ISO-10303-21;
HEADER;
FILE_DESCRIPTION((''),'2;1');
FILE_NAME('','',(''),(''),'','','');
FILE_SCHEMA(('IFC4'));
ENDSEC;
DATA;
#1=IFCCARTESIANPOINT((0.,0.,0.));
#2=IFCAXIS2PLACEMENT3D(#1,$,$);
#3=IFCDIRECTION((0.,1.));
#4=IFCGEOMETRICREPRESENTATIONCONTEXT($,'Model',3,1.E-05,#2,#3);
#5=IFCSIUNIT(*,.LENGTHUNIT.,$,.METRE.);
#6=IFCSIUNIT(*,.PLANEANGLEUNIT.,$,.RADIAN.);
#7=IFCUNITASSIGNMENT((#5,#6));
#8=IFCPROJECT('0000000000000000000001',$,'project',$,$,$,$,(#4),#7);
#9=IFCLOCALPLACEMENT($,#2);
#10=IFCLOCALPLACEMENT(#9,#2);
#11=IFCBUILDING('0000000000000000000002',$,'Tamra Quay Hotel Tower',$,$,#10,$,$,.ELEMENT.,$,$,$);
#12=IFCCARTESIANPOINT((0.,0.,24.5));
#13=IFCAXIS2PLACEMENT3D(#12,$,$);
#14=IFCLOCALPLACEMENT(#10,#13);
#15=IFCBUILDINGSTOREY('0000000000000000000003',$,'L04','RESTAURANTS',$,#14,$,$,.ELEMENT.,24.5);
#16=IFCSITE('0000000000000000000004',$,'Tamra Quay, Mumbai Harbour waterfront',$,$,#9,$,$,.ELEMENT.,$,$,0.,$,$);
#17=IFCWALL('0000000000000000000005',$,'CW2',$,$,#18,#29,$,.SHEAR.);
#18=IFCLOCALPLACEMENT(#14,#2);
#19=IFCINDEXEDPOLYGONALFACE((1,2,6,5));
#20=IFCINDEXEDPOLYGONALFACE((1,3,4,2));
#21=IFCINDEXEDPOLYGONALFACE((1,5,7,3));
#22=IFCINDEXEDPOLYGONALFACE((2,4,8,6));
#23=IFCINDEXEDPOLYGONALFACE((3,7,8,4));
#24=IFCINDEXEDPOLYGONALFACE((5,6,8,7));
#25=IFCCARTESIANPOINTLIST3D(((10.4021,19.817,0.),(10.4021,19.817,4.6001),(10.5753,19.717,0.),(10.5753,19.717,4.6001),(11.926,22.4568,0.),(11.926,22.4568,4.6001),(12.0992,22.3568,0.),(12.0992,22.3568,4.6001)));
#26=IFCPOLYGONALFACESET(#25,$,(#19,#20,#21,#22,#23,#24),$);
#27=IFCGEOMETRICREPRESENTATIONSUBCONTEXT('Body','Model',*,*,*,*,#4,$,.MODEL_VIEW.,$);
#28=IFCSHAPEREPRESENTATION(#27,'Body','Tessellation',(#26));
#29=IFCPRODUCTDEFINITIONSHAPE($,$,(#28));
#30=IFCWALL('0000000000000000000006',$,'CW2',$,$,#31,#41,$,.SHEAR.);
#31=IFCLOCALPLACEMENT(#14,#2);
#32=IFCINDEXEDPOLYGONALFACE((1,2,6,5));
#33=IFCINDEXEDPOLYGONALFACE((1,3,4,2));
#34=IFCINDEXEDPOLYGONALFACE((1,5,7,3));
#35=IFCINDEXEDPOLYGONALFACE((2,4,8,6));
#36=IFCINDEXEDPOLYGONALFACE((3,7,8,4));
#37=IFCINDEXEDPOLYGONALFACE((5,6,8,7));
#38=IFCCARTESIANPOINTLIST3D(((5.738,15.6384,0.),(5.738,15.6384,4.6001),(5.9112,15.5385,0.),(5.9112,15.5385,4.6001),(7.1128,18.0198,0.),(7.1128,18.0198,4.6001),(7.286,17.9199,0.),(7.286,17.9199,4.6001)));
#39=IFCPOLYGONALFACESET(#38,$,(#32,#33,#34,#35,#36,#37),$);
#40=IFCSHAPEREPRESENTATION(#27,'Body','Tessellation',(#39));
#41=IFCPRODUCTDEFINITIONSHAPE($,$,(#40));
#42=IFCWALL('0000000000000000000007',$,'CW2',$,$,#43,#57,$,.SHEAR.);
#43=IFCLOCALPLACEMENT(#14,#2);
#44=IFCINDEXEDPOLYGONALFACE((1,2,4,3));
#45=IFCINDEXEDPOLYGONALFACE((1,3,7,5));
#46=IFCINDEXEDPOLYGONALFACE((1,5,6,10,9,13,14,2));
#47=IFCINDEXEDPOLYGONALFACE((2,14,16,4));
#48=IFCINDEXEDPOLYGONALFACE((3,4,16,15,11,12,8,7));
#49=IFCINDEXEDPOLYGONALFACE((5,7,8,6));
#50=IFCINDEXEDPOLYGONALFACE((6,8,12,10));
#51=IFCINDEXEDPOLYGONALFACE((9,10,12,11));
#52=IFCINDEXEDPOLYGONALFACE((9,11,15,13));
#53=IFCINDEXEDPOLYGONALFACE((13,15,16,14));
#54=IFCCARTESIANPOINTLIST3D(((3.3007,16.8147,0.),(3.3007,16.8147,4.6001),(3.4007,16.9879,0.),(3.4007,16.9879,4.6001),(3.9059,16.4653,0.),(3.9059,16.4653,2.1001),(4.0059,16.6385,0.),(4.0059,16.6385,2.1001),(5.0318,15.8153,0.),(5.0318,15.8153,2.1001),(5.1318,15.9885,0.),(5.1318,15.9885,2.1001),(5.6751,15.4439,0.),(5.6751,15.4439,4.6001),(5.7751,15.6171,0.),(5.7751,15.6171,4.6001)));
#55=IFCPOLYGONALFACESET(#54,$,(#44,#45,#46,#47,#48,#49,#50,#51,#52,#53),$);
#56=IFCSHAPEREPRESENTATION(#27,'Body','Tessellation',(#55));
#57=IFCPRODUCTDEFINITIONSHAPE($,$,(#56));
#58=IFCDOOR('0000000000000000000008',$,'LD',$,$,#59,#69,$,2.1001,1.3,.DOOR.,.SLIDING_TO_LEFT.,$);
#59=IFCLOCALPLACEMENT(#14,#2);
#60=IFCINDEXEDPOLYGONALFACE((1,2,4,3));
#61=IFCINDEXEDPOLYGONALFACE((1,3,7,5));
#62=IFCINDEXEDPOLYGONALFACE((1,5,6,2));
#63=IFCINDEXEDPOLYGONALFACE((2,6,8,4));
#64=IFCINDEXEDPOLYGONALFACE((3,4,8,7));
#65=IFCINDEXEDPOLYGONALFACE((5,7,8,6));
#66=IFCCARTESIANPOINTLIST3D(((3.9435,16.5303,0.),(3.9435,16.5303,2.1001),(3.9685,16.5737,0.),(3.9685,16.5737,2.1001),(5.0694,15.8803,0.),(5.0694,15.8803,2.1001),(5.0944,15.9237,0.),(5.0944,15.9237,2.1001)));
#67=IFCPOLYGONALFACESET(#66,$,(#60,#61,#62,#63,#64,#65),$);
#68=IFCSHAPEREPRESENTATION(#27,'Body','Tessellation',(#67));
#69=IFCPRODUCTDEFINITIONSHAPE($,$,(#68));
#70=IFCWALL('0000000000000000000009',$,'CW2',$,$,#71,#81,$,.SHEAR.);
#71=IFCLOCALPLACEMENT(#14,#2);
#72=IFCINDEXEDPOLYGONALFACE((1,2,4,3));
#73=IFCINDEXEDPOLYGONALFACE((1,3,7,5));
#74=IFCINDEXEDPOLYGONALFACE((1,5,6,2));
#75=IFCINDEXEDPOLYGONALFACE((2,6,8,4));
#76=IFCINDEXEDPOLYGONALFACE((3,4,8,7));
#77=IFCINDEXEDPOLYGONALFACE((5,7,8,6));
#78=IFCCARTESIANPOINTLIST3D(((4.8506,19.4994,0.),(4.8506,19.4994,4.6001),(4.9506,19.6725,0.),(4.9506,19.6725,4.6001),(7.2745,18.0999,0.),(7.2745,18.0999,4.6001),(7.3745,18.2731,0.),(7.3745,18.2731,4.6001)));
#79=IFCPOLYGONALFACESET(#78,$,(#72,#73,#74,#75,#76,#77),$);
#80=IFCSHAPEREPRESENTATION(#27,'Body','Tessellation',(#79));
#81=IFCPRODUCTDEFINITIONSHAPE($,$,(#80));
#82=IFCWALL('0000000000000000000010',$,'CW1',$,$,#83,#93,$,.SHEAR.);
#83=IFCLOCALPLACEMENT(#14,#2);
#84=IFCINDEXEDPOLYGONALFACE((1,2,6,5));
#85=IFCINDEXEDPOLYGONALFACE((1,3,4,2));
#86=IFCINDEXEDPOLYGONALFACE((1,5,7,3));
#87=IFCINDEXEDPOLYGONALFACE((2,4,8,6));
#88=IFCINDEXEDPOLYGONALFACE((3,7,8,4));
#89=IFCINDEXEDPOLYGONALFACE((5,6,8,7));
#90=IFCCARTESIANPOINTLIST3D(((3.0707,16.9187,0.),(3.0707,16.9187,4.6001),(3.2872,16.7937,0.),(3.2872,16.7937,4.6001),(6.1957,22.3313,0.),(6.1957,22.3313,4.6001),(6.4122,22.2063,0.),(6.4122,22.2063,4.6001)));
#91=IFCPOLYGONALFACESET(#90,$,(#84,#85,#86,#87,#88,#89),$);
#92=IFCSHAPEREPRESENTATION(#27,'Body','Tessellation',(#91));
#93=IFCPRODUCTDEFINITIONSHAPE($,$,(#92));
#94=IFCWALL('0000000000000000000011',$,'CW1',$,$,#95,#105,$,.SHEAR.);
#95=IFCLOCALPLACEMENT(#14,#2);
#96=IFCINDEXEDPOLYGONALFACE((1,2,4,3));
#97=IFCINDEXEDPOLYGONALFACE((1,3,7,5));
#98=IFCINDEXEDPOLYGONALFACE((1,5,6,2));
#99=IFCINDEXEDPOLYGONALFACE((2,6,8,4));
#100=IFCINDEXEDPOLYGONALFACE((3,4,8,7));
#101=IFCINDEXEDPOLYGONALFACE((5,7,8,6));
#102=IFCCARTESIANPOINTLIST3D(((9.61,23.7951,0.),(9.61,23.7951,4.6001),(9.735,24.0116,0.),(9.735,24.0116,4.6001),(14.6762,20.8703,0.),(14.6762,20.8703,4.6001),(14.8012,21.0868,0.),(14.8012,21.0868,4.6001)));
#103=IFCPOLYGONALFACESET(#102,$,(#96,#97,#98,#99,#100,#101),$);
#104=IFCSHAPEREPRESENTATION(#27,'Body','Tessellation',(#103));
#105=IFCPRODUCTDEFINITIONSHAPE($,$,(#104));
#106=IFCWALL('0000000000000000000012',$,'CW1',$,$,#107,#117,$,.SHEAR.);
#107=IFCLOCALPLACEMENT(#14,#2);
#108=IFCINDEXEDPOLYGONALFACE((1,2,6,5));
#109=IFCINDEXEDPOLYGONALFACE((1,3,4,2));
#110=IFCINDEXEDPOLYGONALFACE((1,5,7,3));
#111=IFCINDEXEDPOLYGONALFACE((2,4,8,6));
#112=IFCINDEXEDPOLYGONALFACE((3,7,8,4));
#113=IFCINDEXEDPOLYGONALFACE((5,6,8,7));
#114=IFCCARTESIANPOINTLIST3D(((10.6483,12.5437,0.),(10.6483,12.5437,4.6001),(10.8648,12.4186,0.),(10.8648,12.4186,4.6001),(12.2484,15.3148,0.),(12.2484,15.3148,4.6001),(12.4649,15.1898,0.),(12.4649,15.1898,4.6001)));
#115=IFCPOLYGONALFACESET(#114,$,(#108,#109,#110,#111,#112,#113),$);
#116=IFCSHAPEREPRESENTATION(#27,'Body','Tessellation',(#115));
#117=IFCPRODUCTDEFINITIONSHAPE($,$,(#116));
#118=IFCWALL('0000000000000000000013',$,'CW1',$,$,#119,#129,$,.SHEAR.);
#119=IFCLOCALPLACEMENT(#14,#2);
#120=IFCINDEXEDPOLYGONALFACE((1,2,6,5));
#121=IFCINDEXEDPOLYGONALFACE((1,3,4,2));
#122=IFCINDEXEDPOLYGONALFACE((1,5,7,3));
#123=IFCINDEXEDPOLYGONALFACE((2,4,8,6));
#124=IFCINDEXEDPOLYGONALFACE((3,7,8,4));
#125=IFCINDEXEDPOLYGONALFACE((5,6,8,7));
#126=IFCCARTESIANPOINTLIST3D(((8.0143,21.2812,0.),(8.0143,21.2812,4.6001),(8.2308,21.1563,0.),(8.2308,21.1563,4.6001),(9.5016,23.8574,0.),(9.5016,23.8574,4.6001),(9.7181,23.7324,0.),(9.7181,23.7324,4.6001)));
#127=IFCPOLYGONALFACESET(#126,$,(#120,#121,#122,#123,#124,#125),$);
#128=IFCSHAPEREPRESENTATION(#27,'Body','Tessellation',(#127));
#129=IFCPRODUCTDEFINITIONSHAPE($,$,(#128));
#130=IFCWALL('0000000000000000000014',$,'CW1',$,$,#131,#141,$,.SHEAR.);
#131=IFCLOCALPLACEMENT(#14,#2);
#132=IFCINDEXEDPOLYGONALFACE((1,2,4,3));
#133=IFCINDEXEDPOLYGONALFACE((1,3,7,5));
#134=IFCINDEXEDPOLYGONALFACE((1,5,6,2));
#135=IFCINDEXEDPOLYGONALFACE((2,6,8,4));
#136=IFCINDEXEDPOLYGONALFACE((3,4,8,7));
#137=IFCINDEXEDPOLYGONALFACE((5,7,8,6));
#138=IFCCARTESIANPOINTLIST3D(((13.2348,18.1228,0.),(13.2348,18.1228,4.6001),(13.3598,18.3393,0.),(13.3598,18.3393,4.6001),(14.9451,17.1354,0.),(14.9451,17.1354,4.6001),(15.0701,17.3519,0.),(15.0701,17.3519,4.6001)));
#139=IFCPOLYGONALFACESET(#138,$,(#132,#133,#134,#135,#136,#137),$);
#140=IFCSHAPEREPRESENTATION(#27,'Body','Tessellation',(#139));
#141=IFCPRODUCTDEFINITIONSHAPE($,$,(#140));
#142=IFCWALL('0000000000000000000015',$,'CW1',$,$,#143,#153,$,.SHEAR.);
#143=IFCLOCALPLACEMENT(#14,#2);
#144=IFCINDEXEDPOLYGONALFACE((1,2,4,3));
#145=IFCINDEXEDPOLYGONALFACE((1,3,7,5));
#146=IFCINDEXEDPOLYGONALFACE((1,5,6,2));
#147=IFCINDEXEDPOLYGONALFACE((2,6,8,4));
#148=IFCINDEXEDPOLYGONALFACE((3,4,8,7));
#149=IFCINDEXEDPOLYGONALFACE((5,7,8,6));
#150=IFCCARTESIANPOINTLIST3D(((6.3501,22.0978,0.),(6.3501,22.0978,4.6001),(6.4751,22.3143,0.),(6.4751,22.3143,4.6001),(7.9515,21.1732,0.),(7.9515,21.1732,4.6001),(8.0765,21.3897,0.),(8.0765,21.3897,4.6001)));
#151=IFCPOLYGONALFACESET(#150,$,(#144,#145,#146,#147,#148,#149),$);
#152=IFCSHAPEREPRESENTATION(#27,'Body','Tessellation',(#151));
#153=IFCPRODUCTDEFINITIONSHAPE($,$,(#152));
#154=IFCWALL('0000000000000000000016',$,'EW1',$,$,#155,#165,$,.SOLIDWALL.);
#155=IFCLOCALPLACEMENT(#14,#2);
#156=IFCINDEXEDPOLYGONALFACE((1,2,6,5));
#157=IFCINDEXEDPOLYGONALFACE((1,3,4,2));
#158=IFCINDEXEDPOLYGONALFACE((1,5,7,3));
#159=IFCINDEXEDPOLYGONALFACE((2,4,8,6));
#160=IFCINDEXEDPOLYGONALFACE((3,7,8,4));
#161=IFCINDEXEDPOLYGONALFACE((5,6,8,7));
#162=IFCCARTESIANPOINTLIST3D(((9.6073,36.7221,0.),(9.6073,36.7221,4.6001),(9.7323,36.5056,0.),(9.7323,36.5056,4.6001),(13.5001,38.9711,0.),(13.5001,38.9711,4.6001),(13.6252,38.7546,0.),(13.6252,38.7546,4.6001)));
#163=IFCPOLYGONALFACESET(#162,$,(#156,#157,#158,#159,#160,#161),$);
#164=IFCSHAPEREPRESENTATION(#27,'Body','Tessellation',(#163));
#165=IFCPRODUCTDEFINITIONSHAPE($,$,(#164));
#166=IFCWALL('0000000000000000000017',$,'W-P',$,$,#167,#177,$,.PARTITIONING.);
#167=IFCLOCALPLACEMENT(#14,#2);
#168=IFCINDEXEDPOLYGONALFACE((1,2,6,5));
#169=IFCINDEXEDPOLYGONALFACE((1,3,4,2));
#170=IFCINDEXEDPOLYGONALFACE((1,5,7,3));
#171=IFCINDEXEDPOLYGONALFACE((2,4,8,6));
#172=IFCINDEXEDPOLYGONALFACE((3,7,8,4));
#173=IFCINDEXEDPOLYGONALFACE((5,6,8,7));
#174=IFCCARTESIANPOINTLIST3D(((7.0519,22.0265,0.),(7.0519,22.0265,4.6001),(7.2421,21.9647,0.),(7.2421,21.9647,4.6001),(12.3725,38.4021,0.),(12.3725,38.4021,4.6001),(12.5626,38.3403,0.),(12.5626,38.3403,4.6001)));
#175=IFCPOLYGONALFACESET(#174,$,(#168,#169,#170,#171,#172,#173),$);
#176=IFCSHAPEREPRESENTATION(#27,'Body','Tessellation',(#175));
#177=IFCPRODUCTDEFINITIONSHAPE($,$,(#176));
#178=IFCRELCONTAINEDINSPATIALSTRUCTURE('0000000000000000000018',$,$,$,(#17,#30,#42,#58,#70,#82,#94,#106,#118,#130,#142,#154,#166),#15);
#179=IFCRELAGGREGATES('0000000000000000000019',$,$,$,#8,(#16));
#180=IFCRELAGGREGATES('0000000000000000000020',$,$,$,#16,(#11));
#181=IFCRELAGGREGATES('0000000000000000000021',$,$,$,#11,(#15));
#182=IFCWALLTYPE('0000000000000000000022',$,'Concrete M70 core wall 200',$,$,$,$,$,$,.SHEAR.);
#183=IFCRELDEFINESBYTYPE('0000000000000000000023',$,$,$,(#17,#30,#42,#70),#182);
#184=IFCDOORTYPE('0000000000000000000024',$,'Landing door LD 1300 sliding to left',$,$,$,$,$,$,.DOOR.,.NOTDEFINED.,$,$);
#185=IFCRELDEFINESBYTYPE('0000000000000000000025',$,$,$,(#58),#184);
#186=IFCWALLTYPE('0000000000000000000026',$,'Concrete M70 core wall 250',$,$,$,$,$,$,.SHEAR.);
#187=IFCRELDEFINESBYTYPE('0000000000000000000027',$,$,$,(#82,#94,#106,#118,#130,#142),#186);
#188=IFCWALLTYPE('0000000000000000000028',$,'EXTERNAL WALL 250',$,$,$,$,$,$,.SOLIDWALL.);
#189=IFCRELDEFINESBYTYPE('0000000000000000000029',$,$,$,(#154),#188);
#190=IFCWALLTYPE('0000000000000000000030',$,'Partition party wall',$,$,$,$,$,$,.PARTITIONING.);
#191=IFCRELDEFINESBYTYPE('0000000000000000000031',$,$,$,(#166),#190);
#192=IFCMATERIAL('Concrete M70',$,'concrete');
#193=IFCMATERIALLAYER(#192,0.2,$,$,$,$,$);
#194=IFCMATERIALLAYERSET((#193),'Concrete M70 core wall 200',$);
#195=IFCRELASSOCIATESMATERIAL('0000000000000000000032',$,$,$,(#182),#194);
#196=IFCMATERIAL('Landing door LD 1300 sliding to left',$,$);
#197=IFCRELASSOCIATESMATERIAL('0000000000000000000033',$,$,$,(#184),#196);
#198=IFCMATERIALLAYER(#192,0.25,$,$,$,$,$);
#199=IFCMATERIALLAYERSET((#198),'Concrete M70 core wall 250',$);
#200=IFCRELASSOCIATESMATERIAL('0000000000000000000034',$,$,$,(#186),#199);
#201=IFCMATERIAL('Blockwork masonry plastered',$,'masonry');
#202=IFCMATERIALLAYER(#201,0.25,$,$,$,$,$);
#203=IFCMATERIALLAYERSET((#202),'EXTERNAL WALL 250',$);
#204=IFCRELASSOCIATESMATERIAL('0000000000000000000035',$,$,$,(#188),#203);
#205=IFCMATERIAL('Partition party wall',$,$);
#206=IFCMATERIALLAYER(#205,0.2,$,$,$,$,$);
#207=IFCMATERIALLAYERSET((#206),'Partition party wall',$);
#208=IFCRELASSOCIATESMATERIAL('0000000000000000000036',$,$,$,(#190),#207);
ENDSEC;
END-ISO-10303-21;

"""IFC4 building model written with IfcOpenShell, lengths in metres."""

from ifc_helpers import new_model, si_unit, direction, frame, frame_2d, origin, place, context, subcontext, project, spatial, rectangle, extrude, material, layer, layer_set, type_object, element, fill, save


model = new_model("IFC4")

# Units and contexts
model_context = context("Model", 3, precision=1e-05, world=origin(), true_north=direction((0.0, 1.0)))
body_context = subcontext(model_context, "Body", "Model", "MODEL_VIEW")
ifc_project = project(units=[si_unit("LENGTHUNIT", "METRE"), si_unit("PLANEANGLEUNIT", "RADIAN")], contexts=[model_context])

# Site, building, storey
site_placement = place(None, origin())
site = spatial("IfcSite", under=ifc_project, at=site_placement, Name="Tamra Quay, Mumbai Harbour waterfront", CompositionType="ELEMENT", RefElevation=0.0)
building_placement = place(site_placement, origin())
building = spatial("IfcBuilding", under=site, at=building_placement, Name="Tamra Quay Hotel Tower", CompositionType="ELEMENT")
storey_placement = place(building_placement, frame((0.0, 0.0, 24.5)))
storey = spatial("IfcBuildingStorey", under=building, at=storey_placement, Name="L04", Description="RESTAURANTS", CompositionType="ELEMENT", Elevation=24.5)

# Shared definitions
ifc_material_1 = material(Name="Concrete M70", Category="concrete")
ifc_layer_1 = layer(ifc_material_1, 0.2)
ifc_layer_set_1 = layer_set([ifc_layer_1], Name="Concrete M70 core wall 200")
wall_type_1 = type_object("IfcWallType", Name="Concrete M70 core wall 200", PredefinedType="SHEAR", material=ifc_layer_set_1)

# Walls
wall_1_placement = place(storey_placement, frame((10.4888, 19.7671, 0.0), z_axis=(0.0, 0.0, 1.0), x_axis=(0.499947, 0.866056, 0.0)))
element("IfcWall", 1, at=wall_1_placement, inside=storey, type_object=wall_type_1, Name="CW2", PredefinedType="SHEAR", context=body_context, shape_type="SweptSolid", body=[
    extrude(rectangle(XDim=3.0481, YDim=0.2, at=frame_2d((1.5239, 0.0))), origin(), (0.0, 0.0, 1.0), 4.6001),
])
wall_2_placement = place(storey_placement, frame((7.1995, 17.97, 0.0), z_axis=(0.0, 0.0, 1.0), x_axis=(-0.499968, -0.866044, 0.0)))
element("IfcWall", 2, at=wall_2_placement, inside=storey, type_object=wall_type_1, Name="CW2", PredefinedType="SHEAR", context=body_context, shape_type="SweptSolid", body=[
    extrude(rectangle(XDim=2.7498, YDim=0.2, at=frame_2d((1.375, 0.0))), origin(), (0.0, 0.0, 1.0), 4.6001),
])

# Wall, opening, door
wall_3_placement = place(storey_placement, frame((5.7251, 15.5305, 0.0), z_axis=(0.0, 0.0, 1.0), x_axis=(-0.866037, 0.499979, 0.0)))
wall_3 = element("IfcWall", 3, at=wall_3_placement, inside=storey, type_object=wall_type_1, Name="CW2", PredefinedType="SHEAR", context=body_context, shape_type="SweptSolid", body=[
    extrude(rectangle(XDim=2.7417, YDim=0.2, at=frame_2d((1.3708, 0.0))), origin(), (0.0, 0.0, 1.0), 4.6001),
])
opening_1_placement = place(wall_3_placement, frame((0.7429, 0.0, 0.0)))
opening_1 = element("IfcOpeningElement", 4, at=opening_1_placement, cuts=wall_3, PredefinedType="OPENING", context=body_context, shape_type="SweptSolid", body=[
    extrude(rectangle(XDim=1.3, YDim=2.1001, at=frame_2d((0.6499, 1.05))), frame((0.0, 0.1099, 0.0), z_axis=(0.0, -1.0, 0.0), x_axis=(1.0, 0.0, 0.0)), (0.0, 0.0, 1.0), 0.22),
])
ifc_material_2 = material(Name="Landing door LD 1300 sliding to left")
door_type_1 = type_object("IfcDoorType", Name="Landing door LD 1300 sliding to left", OperationType="NOTDEFINED", PredefinedType="DOOR", material=ifc_material_2)
door_1_placement = place(opening_1_placement, origin())
door_1 = element("IfcDoor", 5, at=door_1_placement, inside=storey, type_object=door_type_1, Name="LD", OperationType="SLIDING_TO_LEFT", OverallHeight=2.1001, OverallWidth=1.3, PredefinedType="DOOR", context=body_context, shape_type="SweptSolid", body=[
    extrude(rectangle(XDim=1.3, YDim=2.1001, at=frame_2d((0.6499, 1.05))), frame((0.0, 0.0249, 0.0), z_axis=(0.0, -1.0, 0.0), x_axis=(1.0, 0.0, 0.0)), (0.0, 0.0, 1.0), 0.05),
])
fill(opening_1, door_1)

# Walls
wall_4_placement = place(storey_placement, frame((4.9006, 19.5859, 0.0), z_axis=(0.0, 0.0, 1.0), x_axis=(0.866023, -0.500004, 0.0)))
element("IfcWall", 6, at=wall_4_placement, inside=storey, type_object=wall_type_1, Name="CW2", PredefinedType="SHEAR", context=body_context, shape_type="SweptSolid", body=[
    extrude(rectangle(XDim=2.7988, YDim=0.2, at=frame_2d((1.3994, 0.0))), origin(), (0.0, 0.0, 1.0), 4.6001),
])
ifc_layer_2 = layer(ifc_material_1, 0.25)
ifc_layer_set_2 = layer_set([ifc_layer_2], Name="Concrete M70 core wall 250")
wall_type_2 = type_object("IfcWallType", Name="Concrete M70 core wall 250", PredefinedType="SHEAR", material=ifc_layer_set_2)
wall_5_placement = place(storey_placement, frame((3.179, 16.8562, 0.0), z_axis=(0.0, 0.0, 1.0), x_axis=(0.500004, 0.866023, 0.0)))
element("IfcWall", 7, at=wall_5_placement, inside=storey, type_object=wall_type_2, Name="CW1", PredefinedType="SHEAR", context=body_context, shape_type="SweptSolid", body=[
    extrude(rectangle(XDim=6.25, YDim=0.25, at=frame_2d((3.125, 0.0))), origin(), (0.0, 0.0, 1.0), 4.6001),
])
wall_6_placement = place(storey_placement, frame((9.6726, 23.9033, 0.0), z_axis=(0.0, 0.0, 1.0), x_axis=(0.866036, -0.499981, 0.0)))
element("IfcWall", 8, at=wall_6_placement, inside=storey, type_object=wall_type_2, Name="CW1", PredefinedType="SHEAR", context=body_context, shape_type="SweptSolid", body=[
    extrude(rectangle(XDim=5.8499, YDim=0.25, at=frame_2d((2.9248, 0.0))), origin(), (0.0, 0.0, 1.0), 4.6001),
])
wall_7_placement = place(storey_placement, frame((12.3567, 15.2524, 0.0), z_axis=(0.0, 0.0, 1.0), x_axis=(-0.500028, -0.866009, 0.0)))
element("IfcWall", 9, at=wall_7_placement, inside=storey, type_object=wall_type_2, Name="CW1", PredefinedType="SHEAR", context=body_context, shape_type="SweptSolid", body=[
    extrude(rectangle(XDim=3.2, YDim=0.25, at=frame_2d((1.6001, 0.0))), origin(), (0.0, 0.0, 1.0), 4.6001),
])
wall_8_placement = place(storey_placement, frame((8.1226, 21.2188, 0.0), z_axis=(0.0, 0.0, 1.0), x_axis=(0.499988, 0.866033, 0.0)))
element("IfcWall", 10, at=wall_8_placement, inside=storey, type_object=wall_type_2, Name="CW1", PredefinedType="SHEAR", context=body_context, shape_type="SweptSolid", body=[
    extrude(rectangle(XDim=2.9746, YDim=0.25, at=frame_2d((1.4873, 0.0))), origin(), (0.0, 0.0, 1.0), 4.6001),
])
wall_9_placement = place(storey_placement, frame((13.2974, 18.231, 0.0), z_axis=(0.0, 0.0, 1.0), x_axis=(0.866044, -0.499969, 0.0)))
element("IfcWall", 11, at=wall_9_placement, inside=storey, type_object=wall_type_2, Name="CW1", PredefinedType="SHEAR", context=body_context, shape_type="SweptSolid", body=[
    extrude(rectangle(XDim=1.9749, YDim=0.25, at=frame_2d((0.9873, 0.0))), origin(), (0.0, 0.0, 1.0), 4.6001),
])
wall_10_placement = place(storey_placement, frame((6.4126, 22.2061, 0.0), z_axis=(0.0, 0.0, 1.0), x_axis=(0.866016, -0.500016, 0.0)))
element("IfcWall", 12, at=wall_10_placement, inside=storey, type_object=wall_type_2, Name="CW1", PredefinedType="SHEAR", context=body_context, shape_type="SweptSolid", body=[
    extrude(rectangle(XDim=1.8491, YDim=0.25, at=frame_2d((0.9246, 0.0))), origin(), (0.0, 0.0, 1.0), 4.6001),
])
ifc_material_3 = material(Name="Blockwork masonry plastered", Category="masonry")
ifc_layer_3 = layer(ifc_material_3, 0.25)
ifc_layer_set_3 = layer_set([ifc_layer_3], Name="EXTERNAL WALL 250")
wall_type_3 = type_object("IfcWallType", Name="EXTERNAL WALL 250", PredefinedType="SOLIDWALL", material=ifc_layer_set_3)
wall_11_placement = place(storey_placement, frame((9.6697, 36.6138, 0.0), z_axis=(0.0, 0.0, 1.0), x_axis=(0.865881, 0.50025, 0.0)))
element("IfcWall", 13, at=wall_11_placement, inside=storey, type_object=wall_type_3, Name="EW1", PredefinedType="SOLIDWALL", context=body_context, shape_type="SweptSolid", body=[
    extrude(rectangle(XDim=4.4958, YDim=0.25, at=frame_2d((2.248, 0.0))), origin(), (0.0, 0.0, 1.0), 4.6001),
])
ifc_material_4 = material(Name="Partition party wall")
ifc_layer_4 = layer(ifc_material_4, 0.2)
ifc_layer_set_4 = layer_set([ifc_layer_4], Name="Partition party wall")
wall_type_4 = type_object("IfcWallType", Name="Partition party wall", PredefinedType="PARTITIONING", material=ifc_layer_set_4)
wall_12_placement = place(storey_placement, frame((7.147, 21.9956, 0.0), z_axis=(0.0, 0.0, 1.0), x_axis=(0.309008, 0.951059, 0.0)))
element("IfcWall", 14, at=wall_12_placement, inside=storey, type_object=wall_type_4, Name="W-P", PredefinedType="PARTITIONING", context=body_context, shape_type="SweptSolid", body=[
    extrude(rectangle(XDim=17.2183, YDim=0.2, at=frame_2d((8.6091, 0.0))), origin(), (0.0, 0.0, 1.0), 4.6001),
])

save(model, "model.ifc")
